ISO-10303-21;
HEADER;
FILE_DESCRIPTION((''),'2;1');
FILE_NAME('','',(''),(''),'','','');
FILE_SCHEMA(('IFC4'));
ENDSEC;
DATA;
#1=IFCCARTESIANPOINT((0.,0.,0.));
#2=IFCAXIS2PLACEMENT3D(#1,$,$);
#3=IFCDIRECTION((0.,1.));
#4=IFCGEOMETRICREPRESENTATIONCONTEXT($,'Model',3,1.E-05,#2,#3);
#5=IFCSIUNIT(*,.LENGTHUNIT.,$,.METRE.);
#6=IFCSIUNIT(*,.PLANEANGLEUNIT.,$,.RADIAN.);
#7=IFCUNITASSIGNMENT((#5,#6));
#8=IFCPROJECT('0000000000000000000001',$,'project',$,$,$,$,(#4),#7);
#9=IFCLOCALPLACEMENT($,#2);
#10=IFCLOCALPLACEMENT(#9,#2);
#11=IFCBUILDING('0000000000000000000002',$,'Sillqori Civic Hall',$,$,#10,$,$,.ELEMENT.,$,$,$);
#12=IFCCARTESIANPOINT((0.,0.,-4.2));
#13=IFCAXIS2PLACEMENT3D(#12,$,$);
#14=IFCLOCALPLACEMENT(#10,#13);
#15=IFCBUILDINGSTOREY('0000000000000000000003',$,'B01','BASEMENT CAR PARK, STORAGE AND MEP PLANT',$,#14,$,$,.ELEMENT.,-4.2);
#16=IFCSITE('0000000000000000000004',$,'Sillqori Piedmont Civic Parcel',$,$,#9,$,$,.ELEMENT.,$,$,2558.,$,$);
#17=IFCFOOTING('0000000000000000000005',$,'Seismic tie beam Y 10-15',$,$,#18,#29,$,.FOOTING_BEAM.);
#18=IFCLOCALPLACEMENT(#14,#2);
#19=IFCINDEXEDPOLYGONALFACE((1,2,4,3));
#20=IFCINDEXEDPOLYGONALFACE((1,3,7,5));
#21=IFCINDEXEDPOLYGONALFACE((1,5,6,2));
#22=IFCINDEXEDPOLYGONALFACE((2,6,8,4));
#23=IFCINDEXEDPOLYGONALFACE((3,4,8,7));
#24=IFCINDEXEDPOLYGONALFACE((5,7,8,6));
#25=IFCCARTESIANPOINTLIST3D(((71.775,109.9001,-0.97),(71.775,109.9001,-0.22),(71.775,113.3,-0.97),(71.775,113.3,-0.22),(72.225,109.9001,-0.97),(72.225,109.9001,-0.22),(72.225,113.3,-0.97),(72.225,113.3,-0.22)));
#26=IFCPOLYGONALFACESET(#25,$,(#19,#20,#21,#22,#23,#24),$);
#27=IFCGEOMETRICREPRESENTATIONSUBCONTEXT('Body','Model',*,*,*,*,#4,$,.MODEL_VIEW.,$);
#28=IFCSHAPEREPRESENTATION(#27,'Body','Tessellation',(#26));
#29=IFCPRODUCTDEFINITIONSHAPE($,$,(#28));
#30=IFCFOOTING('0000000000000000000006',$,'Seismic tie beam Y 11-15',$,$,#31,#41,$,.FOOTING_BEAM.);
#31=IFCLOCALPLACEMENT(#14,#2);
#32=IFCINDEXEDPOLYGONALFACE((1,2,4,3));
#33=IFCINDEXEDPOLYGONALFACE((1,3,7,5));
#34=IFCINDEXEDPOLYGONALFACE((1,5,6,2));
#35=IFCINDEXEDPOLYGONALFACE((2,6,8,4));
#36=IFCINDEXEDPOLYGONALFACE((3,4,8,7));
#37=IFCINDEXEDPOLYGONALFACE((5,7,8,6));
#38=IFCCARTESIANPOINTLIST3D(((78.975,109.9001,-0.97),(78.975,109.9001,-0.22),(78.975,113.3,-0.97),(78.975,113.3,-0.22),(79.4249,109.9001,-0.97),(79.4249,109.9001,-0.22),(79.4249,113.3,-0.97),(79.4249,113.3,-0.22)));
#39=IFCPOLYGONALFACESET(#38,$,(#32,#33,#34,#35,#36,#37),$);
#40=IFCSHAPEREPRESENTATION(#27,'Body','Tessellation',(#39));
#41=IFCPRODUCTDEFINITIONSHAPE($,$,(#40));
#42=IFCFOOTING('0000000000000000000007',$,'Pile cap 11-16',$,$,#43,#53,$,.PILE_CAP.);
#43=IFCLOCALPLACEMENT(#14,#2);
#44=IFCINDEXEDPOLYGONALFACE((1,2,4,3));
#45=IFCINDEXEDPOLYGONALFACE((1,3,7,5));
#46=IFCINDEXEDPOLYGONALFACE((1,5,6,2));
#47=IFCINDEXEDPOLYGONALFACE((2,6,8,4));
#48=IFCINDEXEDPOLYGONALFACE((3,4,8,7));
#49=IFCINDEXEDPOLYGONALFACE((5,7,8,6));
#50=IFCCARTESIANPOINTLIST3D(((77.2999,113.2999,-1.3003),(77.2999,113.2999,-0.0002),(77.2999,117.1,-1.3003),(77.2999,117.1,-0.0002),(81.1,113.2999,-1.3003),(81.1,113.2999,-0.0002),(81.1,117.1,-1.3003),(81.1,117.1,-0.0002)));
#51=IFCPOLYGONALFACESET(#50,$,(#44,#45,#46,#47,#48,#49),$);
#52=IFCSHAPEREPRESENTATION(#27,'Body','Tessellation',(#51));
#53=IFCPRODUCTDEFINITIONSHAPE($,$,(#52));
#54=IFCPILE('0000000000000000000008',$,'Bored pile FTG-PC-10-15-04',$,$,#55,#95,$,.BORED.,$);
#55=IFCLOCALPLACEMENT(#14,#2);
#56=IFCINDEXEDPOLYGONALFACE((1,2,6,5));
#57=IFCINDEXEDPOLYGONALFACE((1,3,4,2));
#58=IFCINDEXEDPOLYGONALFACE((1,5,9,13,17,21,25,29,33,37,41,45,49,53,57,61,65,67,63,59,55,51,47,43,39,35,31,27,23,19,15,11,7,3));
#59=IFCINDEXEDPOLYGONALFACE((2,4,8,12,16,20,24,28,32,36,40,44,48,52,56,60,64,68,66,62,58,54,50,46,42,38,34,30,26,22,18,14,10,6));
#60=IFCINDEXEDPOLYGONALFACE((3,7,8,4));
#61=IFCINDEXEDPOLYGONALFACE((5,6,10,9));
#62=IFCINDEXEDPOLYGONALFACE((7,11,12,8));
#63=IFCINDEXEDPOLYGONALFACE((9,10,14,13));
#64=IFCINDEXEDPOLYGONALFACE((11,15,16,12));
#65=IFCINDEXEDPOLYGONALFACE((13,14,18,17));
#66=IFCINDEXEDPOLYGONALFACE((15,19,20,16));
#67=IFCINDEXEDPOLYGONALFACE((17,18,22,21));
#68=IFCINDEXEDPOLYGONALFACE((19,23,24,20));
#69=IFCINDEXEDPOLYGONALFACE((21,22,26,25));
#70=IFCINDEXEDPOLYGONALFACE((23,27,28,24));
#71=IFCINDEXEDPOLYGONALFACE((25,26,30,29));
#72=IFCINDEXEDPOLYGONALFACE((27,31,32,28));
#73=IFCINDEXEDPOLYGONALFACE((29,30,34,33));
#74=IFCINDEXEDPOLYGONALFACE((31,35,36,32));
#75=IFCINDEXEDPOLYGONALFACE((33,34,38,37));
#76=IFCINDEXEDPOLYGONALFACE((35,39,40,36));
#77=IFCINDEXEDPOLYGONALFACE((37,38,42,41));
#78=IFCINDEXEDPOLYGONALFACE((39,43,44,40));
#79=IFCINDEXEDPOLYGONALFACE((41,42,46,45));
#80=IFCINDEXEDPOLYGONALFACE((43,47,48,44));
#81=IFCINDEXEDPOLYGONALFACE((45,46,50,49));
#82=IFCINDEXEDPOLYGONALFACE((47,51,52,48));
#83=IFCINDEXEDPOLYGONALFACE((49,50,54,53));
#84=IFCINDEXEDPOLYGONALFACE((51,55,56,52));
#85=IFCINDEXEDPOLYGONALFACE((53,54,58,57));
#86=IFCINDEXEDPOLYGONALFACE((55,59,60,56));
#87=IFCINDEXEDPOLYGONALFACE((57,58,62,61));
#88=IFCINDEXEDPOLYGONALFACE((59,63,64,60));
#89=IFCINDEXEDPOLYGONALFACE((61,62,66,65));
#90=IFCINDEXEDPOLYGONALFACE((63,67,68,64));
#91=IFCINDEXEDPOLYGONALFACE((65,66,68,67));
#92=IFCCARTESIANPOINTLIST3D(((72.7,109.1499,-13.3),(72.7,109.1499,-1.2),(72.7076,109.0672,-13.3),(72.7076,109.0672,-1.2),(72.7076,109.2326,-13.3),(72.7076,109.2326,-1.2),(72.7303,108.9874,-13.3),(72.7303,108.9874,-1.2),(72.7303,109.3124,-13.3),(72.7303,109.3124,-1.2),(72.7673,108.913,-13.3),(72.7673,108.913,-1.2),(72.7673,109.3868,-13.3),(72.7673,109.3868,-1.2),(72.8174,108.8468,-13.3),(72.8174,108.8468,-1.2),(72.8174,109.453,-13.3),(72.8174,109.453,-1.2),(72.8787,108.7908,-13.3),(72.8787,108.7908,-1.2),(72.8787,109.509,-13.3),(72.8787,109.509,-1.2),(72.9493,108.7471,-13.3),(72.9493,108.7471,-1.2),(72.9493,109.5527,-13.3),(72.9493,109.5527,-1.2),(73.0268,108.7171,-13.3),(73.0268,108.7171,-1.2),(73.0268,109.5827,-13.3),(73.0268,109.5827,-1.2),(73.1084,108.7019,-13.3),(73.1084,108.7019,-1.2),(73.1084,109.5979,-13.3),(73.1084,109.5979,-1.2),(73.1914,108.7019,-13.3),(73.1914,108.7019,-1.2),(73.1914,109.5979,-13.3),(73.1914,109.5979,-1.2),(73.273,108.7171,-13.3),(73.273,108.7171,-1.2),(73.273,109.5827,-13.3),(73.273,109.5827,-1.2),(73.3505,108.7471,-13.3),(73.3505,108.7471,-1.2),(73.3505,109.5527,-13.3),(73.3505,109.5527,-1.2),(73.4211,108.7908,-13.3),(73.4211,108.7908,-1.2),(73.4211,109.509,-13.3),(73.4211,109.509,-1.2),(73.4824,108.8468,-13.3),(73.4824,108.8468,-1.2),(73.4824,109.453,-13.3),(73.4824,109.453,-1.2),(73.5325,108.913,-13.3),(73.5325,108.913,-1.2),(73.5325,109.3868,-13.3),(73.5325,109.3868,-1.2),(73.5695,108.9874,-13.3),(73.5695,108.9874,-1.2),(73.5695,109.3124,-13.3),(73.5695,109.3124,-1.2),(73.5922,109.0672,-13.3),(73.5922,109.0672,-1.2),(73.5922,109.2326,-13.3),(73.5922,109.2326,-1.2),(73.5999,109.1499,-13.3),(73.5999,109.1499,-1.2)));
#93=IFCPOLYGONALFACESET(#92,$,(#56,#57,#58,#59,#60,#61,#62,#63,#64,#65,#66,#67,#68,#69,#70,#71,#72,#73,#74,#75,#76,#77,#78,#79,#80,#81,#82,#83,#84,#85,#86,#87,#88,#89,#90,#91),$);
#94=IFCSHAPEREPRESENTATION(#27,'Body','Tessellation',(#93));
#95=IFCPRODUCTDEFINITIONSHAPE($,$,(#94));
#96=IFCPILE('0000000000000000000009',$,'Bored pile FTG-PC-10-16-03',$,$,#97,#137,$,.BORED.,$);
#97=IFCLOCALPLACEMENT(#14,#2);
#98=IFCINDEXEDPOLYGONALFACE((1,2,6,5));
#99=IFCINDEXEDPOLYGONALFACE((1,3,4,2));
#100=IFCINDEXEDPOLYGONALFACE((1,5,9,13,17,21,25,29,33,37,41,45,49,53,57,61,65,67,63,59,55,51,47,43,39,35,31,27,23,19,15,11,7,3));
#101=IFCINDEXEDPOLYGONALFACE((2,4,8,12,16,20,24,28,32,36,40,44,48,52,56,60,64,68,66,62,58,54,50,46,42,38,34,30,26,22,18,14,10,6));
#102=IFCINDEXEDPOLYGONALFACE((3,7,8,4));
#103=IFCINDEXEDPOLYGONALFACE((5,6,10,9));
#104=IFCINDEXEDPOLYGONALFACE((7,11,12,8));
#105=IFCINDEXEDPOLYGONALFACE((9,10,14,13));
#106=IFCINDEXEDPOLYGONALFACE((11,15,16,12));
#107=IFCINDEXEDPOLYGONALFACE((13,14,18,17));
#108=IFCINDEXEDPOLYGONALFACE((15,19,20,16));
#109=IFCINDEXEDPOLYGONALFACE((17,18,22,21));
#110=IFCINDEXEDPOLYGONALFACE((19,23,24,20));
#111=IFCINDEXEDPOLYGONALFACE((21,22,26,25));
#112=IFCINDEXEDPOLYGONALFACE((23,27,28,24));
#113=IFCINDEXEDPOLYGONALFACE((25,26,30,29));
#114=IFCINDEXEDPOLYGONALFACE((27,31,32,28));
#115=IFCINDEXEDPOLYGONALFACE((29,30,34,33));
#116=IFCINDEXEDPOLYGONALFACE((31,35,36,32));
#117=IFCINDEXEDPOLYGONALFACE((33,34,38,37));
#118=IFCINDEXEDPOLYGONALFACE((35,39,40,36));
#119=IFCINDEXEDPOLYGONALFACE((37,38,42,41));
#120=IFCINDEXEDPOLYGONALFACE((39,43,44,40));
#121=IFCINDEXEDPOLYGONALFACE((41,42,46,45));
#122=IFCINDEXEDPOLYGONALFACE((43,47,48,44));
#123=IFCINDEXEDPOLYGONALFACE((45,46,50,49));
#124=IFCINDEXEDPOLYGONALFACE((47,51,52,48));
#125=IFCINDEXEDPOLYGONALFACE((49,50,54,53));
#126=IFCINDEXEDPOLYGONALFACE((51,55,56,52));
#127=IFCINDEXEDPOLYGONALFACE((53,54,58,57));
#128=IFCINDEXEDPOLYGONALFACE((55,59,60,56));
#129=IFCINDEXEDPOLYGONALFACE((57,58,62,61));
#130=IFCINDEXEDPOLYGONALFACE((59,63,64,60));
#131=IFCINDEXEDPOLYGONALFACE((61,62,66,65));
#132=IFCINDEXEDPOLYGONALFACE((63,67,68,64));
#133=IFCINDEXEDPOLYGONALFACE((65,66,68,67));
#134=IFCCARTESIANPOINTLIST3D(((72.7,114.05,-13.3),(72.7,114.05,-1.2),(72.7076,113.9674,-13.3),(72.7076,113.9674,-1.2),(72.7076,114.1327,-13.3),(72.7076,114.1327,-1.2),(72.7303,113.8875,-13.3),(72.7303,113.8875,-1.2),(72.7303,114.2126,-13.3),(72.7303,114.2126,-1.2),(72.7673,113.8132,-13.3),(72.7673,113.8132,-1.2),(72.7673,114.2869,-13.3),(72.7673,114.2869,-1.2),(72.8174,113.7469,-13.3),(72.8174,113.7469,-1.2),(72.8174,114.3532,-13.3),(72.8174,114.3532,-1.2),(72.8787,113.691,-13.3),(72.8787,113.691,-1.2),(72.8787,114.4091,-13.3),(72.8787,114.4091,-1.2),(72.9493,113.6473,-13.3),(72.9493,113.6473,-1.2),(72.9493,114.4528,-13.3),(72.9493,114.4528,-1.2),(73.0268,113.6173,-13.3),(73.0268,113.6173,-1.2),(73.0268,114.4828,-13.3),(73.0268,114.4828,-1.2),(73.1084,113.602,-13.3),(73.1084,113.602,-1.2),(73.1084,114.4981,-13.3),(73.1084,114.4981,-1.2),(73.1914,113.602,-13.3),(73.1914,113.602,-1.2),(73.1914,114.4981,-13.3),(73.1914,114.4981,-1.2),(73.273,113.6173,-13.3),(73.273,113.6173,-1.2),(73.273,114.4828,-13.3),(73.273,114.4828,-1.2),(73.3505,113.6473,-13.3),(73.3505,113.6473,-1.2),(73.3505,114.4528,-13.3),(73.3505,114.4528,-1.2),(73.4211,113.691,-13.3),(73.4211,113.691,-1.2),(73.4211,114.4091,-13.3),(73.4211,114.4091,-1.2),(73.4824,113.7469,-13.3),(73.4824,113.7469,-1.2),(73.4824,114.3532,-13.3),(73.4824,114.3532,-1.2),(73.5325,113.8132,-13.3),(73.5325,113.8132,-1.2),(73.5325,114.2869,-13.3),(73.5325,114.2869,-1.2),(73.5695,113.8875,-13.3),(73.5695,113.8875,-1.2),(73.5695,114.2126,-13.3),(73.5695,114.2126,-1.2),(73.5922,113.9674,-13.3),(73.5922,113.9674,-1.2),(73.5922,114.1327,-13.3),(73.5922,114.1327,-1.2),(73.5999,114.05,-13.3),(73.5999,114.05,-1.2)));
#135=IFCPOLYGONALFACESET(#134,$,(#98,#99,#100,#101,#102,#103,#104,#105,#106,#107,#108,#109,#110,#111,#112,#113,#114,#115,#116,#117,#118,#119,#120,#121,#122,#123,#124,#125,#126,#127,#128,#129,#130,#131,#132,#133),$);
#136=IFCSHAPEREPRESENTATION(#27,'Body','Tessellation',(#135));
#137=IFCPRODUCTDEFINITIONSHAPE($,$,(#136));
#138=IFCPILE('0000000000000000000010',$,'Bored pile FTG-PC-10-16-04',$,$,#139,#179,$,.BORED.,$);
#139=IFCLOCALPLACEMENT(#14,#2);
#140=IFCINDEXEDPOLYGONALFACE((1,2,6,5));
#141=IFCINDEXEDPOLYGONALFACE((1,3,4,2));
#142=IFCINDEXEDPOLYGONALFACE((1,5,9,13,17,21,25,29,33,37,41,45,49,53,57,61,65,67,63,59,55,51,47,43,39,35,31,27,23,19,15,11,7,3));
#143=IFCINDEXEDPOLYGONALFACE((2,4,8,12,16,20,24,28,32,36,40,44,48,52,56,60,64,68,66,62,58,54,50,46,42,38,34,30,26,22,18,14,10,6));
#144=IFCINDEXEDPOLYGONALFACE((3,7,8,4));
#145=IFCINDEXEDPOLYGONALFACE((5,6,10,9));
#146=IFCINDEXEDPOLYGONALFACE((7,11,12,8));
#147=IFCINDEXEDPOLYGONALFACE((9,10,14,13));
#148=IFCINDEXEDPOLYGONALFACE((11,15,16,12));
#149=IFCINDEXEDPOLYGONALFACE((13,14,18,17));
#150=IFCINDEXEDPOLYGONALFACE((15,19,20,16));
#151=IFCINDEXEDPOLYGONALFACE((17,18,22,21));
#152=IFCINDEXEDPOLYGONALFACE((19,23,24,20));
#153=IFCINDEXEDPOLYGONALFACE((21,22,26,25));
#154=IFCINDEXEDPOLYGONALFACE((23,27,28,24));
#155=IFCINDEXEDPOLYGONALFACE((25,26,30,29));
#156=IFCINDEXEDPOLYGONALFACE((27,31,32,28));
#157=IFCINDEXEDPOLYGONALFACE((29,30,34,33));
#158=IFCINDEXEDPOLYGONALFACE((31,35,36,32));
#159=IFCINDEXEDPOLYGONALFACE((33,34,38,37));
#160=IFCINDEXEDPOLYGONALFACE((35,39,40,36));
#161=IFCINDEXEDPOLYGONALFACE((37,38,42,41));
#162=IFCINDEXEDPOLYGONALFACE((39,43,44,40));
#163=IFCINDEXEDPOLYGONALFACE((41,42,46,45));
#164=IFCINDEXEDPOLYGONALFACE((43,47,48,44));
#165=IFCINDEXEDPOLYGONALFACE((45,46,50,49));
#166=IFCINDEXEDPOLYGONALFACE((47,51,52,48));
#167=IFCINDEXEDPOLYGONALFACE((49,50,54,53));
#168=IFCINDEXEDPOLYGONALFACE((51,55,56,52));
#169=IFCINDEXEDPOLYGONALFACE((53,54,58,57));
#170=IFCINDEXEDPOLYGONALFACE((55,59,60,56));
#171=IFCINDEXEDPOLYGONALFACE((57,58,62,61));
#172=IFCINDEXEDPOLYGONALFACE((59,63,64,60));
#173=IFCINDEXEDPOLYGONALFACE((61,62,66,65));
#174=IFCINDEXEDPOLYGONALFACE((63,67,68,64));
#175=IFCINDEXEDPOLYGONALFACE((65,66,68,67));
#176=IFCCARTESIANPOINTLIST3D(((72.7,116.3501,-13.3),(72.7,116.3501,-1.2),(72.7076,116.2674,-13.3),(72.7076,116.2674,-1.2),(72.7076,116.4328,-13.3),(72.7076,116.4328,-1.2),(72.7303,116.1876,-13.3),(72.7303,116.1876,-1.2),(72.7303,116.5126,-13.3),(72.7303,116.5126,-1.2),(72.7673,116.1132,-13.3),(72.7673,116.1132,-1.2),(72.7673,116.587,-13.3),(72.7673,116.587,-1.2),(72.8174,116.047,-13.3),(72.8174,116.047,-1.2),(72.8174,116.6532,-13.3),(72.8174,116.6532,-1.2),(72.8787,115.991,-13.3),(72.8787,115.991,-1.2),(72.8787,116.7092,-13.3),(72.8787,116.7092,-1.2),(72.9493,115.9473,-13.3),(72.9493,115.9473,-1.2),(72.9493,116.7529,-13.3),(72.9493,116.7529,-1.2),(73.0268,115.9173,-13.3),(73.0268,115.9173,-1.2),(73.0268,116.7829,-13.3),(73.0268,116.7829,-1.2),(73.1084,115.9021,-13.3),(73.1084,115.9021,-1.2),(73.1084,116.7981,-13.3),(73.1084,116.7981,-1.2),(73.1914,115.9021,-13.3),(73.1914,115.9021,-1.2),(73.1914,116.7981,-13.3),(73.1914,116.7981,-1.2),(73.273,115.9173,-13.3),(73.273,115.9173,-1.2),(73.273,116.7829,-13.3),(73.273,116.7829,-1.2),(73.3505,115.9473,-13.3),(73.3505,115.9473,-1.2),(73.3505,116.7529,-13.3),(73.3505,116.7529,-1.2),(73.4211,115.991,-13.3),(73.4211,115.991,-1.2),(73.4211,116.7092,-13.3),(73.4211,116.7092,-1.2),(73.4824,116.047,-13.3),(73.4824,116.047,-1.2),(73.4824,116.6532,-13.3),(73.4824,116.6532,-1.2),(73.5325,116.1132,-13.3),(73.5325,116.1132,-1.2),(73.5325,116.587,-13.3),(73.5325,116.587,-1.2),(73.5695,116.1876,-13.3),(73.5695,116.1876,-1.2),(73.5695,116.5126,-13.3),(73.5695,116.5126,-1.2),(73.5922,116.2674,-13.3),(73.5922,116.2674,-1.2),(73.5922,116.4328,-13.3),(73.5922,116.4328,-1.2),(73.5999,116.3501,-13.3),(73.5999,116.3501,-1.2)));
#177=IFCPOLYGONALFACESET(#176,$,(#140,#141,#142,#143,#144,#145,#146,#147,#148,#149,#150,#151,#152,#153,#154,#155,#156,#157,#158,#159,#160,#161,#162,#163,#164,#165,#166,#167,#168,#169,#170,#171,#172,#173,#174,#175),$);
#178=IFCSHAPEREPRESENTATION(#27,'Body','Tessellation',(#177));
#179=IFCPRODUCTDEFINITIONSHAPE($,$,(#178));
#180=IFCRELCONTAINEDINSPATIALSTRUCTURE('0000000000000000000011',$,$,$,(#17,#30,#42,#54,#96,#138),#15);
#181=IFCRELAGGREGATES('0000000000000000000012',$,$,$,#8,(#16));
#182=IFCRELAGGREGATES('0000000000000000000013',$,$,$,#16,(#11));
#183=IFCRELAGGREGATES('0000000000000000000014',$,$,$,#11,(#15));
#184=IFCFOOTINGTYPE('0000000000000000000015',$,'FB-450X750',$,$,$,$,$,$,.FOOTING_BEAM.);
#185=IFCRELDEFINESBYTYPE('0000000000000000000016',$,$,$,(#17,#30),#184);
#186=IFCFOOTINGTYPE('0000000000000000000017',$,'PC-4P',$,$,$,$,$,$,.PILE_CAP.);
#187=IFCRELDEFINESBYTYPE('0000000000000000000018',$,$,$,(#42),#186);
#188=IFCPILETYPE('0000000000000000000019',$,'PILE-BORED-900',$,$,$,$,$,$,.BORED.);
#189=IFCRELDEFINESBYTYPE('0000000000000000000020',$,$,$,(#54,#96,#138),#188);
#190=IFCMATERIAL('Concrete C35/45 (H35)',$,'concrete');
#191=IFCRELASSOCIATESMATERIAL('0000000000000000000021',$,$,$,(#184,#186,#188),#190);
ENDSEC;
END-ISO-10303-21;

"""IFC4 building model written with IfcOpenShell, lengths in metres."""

from ifc_helpers import new_model, si_unit, direction, frame, origin, origin_2d, place, context, subcontext, project, spatial, rectangle, circle, extrude, material, material_profile, profile_set, type_object, element, save


model = new_model("IFC4")

# Units and contexts
model_context = context("Model", 3, precision=1e-05, world=origin(), true_north=direction((0.0, 1.0)))
body_context = subcontext(model_context, "Body", "Model", "MODEL_VIEW")
ifc_project = project(units=[si_unit("LENGTHUNIT", "METRE"), si_unit("PLANEANGLEUNIT", "RADIAN")], contexts=[model_context])

# Site, building, storey
site_placement = place(None, origin())
site = spatial("IfcSite", under=ifc_project, at=site_placement, Name="Sillqori Piedmont Civic Parcel", CompositionType="ELEMENT", RefElevation=2558.0)
building_placement = place(site_placement, origin())
building = spatial("IfcBuilding", under=site, at=building_placement, Name="Sillqori Civic Hall", CompositionType="ELEMENT")
storey_placement = place(building_placement, frame((0.0, 0.0, -4.2)))
storey = spatial("IfcBuildingStorey", under=building, at=storey_placement, Name="B01", Description="BASEMENT CAR PARK, STORAGE AND MEP PLANT", CompositionType="ELEMENT", Elevation=-4.2)

# Footings
ifc_material_1 = material(Name="Concrete C35/45 (H35)", Category="concrete")
footing_type_1 = type_object("IfcFootingType", Name="FB-450X750", PredefinedType="FOOTING_BEAM", material=ifc_material_1)
for number, where, z_axis, x_axis, name in (
    (1, (72.0, 111.6001, -0.97), (0.0, 0.0, 1.0), (1.0, 0.0, 0.0), "Seismic tie beam Y 10-15"),
    (2, (79.2, 111.6001, -0.97), (0.0, 0.0, 1.0), (1.0, 0.0, 0.0), "Seismic tie beam Y 11-15"),
):
    element("IfcFooting", number, at=place(storey_placement, frame(where, z_axis=z_axis, x_axis=x_axis)), inside=storey, type_object=footing_type_1, Name=name, PredefinedType="FOOTING_BEAM", context=body_context, shape_type="SweptSolid", body=[
        extrude(rectangle(XDim=0.45, YDim=3.3999, at=origin_2d()), origin(), (0.0, 0.0, 1.0), 0.75),
    ])
footing_type_2 = type_object("IfcFootingType", Name="PC-4P", PredefinedType="PILE_CAP", material=ifc_material_1)
footing_1_placement = place(storey_placement, frame((79.2, 115.2, -1.3003), z_axis=(0.0, 0.0, 1.0), x_axis=(1.0, 0.0, 0.0)))
element("IfcFooting", 3, at=footing_1_placement, inside=storey, type_object=footing_type_2, Name="Pile cap 11-16", PredefinedType="PILE_CAP", context=body_context, shape_type="SweptSolid", body=[
    extrude(rectangle(XDim=3.8, YDim=3.8, at=origin_2d()), origin(), (0.0, 0.0, 1.0), 1.3),
])

# Piles
ifc_material_profile_1 = material_profile(ifc_material_1, circle(Radius=0.45, at=origin_2d()), Name="BORED PILE 900")
ifc_profile_set_1 = profile_set([ifc_material_profile_1], Name="Concrete C35/45 (H35)")
pile_type = type_object("IfcPileType", Name="PILE-BORED-900", PredefinedType="BORED", material=ifc_profile_set_1)
for number, where, z_axis, x_axis, name in (
    (4, (73.1499, 109.1499, -1.2), (0.0, 0.0, -1.0), (1.0, 0.0, 0.0), "Bored pile FTG-PC-10-15-04"),
    (5, (73.1499, 114.05, -1.2), (0.0, 0.0, -1.0), (1.0, 0.0, 0.0), "Bored pile FTG-PC-10-16-03"),
    (6, (73.1499, 116.3501, -1.2), (0.0, 0.0, -1.0), (1.0, 0.0, 0.0), "Bored pile FTG-PC-10-16-04"),
):
    element("IfcPile", number, at=place(storey_placement, frame(where, z_axis=z_axis, x_axis=x_axis)), inside=storey, type_object=pile_type, Name=name, PredefinedType="BORED", context=body_context, shape_type="SweptSolid", body=[
        extrude(circle(Radius=0.45, at=origin_2d()), origin(), (0.0, 0.0, 1.0), 12.1001),
    ])

save(model, "model.ifc")
